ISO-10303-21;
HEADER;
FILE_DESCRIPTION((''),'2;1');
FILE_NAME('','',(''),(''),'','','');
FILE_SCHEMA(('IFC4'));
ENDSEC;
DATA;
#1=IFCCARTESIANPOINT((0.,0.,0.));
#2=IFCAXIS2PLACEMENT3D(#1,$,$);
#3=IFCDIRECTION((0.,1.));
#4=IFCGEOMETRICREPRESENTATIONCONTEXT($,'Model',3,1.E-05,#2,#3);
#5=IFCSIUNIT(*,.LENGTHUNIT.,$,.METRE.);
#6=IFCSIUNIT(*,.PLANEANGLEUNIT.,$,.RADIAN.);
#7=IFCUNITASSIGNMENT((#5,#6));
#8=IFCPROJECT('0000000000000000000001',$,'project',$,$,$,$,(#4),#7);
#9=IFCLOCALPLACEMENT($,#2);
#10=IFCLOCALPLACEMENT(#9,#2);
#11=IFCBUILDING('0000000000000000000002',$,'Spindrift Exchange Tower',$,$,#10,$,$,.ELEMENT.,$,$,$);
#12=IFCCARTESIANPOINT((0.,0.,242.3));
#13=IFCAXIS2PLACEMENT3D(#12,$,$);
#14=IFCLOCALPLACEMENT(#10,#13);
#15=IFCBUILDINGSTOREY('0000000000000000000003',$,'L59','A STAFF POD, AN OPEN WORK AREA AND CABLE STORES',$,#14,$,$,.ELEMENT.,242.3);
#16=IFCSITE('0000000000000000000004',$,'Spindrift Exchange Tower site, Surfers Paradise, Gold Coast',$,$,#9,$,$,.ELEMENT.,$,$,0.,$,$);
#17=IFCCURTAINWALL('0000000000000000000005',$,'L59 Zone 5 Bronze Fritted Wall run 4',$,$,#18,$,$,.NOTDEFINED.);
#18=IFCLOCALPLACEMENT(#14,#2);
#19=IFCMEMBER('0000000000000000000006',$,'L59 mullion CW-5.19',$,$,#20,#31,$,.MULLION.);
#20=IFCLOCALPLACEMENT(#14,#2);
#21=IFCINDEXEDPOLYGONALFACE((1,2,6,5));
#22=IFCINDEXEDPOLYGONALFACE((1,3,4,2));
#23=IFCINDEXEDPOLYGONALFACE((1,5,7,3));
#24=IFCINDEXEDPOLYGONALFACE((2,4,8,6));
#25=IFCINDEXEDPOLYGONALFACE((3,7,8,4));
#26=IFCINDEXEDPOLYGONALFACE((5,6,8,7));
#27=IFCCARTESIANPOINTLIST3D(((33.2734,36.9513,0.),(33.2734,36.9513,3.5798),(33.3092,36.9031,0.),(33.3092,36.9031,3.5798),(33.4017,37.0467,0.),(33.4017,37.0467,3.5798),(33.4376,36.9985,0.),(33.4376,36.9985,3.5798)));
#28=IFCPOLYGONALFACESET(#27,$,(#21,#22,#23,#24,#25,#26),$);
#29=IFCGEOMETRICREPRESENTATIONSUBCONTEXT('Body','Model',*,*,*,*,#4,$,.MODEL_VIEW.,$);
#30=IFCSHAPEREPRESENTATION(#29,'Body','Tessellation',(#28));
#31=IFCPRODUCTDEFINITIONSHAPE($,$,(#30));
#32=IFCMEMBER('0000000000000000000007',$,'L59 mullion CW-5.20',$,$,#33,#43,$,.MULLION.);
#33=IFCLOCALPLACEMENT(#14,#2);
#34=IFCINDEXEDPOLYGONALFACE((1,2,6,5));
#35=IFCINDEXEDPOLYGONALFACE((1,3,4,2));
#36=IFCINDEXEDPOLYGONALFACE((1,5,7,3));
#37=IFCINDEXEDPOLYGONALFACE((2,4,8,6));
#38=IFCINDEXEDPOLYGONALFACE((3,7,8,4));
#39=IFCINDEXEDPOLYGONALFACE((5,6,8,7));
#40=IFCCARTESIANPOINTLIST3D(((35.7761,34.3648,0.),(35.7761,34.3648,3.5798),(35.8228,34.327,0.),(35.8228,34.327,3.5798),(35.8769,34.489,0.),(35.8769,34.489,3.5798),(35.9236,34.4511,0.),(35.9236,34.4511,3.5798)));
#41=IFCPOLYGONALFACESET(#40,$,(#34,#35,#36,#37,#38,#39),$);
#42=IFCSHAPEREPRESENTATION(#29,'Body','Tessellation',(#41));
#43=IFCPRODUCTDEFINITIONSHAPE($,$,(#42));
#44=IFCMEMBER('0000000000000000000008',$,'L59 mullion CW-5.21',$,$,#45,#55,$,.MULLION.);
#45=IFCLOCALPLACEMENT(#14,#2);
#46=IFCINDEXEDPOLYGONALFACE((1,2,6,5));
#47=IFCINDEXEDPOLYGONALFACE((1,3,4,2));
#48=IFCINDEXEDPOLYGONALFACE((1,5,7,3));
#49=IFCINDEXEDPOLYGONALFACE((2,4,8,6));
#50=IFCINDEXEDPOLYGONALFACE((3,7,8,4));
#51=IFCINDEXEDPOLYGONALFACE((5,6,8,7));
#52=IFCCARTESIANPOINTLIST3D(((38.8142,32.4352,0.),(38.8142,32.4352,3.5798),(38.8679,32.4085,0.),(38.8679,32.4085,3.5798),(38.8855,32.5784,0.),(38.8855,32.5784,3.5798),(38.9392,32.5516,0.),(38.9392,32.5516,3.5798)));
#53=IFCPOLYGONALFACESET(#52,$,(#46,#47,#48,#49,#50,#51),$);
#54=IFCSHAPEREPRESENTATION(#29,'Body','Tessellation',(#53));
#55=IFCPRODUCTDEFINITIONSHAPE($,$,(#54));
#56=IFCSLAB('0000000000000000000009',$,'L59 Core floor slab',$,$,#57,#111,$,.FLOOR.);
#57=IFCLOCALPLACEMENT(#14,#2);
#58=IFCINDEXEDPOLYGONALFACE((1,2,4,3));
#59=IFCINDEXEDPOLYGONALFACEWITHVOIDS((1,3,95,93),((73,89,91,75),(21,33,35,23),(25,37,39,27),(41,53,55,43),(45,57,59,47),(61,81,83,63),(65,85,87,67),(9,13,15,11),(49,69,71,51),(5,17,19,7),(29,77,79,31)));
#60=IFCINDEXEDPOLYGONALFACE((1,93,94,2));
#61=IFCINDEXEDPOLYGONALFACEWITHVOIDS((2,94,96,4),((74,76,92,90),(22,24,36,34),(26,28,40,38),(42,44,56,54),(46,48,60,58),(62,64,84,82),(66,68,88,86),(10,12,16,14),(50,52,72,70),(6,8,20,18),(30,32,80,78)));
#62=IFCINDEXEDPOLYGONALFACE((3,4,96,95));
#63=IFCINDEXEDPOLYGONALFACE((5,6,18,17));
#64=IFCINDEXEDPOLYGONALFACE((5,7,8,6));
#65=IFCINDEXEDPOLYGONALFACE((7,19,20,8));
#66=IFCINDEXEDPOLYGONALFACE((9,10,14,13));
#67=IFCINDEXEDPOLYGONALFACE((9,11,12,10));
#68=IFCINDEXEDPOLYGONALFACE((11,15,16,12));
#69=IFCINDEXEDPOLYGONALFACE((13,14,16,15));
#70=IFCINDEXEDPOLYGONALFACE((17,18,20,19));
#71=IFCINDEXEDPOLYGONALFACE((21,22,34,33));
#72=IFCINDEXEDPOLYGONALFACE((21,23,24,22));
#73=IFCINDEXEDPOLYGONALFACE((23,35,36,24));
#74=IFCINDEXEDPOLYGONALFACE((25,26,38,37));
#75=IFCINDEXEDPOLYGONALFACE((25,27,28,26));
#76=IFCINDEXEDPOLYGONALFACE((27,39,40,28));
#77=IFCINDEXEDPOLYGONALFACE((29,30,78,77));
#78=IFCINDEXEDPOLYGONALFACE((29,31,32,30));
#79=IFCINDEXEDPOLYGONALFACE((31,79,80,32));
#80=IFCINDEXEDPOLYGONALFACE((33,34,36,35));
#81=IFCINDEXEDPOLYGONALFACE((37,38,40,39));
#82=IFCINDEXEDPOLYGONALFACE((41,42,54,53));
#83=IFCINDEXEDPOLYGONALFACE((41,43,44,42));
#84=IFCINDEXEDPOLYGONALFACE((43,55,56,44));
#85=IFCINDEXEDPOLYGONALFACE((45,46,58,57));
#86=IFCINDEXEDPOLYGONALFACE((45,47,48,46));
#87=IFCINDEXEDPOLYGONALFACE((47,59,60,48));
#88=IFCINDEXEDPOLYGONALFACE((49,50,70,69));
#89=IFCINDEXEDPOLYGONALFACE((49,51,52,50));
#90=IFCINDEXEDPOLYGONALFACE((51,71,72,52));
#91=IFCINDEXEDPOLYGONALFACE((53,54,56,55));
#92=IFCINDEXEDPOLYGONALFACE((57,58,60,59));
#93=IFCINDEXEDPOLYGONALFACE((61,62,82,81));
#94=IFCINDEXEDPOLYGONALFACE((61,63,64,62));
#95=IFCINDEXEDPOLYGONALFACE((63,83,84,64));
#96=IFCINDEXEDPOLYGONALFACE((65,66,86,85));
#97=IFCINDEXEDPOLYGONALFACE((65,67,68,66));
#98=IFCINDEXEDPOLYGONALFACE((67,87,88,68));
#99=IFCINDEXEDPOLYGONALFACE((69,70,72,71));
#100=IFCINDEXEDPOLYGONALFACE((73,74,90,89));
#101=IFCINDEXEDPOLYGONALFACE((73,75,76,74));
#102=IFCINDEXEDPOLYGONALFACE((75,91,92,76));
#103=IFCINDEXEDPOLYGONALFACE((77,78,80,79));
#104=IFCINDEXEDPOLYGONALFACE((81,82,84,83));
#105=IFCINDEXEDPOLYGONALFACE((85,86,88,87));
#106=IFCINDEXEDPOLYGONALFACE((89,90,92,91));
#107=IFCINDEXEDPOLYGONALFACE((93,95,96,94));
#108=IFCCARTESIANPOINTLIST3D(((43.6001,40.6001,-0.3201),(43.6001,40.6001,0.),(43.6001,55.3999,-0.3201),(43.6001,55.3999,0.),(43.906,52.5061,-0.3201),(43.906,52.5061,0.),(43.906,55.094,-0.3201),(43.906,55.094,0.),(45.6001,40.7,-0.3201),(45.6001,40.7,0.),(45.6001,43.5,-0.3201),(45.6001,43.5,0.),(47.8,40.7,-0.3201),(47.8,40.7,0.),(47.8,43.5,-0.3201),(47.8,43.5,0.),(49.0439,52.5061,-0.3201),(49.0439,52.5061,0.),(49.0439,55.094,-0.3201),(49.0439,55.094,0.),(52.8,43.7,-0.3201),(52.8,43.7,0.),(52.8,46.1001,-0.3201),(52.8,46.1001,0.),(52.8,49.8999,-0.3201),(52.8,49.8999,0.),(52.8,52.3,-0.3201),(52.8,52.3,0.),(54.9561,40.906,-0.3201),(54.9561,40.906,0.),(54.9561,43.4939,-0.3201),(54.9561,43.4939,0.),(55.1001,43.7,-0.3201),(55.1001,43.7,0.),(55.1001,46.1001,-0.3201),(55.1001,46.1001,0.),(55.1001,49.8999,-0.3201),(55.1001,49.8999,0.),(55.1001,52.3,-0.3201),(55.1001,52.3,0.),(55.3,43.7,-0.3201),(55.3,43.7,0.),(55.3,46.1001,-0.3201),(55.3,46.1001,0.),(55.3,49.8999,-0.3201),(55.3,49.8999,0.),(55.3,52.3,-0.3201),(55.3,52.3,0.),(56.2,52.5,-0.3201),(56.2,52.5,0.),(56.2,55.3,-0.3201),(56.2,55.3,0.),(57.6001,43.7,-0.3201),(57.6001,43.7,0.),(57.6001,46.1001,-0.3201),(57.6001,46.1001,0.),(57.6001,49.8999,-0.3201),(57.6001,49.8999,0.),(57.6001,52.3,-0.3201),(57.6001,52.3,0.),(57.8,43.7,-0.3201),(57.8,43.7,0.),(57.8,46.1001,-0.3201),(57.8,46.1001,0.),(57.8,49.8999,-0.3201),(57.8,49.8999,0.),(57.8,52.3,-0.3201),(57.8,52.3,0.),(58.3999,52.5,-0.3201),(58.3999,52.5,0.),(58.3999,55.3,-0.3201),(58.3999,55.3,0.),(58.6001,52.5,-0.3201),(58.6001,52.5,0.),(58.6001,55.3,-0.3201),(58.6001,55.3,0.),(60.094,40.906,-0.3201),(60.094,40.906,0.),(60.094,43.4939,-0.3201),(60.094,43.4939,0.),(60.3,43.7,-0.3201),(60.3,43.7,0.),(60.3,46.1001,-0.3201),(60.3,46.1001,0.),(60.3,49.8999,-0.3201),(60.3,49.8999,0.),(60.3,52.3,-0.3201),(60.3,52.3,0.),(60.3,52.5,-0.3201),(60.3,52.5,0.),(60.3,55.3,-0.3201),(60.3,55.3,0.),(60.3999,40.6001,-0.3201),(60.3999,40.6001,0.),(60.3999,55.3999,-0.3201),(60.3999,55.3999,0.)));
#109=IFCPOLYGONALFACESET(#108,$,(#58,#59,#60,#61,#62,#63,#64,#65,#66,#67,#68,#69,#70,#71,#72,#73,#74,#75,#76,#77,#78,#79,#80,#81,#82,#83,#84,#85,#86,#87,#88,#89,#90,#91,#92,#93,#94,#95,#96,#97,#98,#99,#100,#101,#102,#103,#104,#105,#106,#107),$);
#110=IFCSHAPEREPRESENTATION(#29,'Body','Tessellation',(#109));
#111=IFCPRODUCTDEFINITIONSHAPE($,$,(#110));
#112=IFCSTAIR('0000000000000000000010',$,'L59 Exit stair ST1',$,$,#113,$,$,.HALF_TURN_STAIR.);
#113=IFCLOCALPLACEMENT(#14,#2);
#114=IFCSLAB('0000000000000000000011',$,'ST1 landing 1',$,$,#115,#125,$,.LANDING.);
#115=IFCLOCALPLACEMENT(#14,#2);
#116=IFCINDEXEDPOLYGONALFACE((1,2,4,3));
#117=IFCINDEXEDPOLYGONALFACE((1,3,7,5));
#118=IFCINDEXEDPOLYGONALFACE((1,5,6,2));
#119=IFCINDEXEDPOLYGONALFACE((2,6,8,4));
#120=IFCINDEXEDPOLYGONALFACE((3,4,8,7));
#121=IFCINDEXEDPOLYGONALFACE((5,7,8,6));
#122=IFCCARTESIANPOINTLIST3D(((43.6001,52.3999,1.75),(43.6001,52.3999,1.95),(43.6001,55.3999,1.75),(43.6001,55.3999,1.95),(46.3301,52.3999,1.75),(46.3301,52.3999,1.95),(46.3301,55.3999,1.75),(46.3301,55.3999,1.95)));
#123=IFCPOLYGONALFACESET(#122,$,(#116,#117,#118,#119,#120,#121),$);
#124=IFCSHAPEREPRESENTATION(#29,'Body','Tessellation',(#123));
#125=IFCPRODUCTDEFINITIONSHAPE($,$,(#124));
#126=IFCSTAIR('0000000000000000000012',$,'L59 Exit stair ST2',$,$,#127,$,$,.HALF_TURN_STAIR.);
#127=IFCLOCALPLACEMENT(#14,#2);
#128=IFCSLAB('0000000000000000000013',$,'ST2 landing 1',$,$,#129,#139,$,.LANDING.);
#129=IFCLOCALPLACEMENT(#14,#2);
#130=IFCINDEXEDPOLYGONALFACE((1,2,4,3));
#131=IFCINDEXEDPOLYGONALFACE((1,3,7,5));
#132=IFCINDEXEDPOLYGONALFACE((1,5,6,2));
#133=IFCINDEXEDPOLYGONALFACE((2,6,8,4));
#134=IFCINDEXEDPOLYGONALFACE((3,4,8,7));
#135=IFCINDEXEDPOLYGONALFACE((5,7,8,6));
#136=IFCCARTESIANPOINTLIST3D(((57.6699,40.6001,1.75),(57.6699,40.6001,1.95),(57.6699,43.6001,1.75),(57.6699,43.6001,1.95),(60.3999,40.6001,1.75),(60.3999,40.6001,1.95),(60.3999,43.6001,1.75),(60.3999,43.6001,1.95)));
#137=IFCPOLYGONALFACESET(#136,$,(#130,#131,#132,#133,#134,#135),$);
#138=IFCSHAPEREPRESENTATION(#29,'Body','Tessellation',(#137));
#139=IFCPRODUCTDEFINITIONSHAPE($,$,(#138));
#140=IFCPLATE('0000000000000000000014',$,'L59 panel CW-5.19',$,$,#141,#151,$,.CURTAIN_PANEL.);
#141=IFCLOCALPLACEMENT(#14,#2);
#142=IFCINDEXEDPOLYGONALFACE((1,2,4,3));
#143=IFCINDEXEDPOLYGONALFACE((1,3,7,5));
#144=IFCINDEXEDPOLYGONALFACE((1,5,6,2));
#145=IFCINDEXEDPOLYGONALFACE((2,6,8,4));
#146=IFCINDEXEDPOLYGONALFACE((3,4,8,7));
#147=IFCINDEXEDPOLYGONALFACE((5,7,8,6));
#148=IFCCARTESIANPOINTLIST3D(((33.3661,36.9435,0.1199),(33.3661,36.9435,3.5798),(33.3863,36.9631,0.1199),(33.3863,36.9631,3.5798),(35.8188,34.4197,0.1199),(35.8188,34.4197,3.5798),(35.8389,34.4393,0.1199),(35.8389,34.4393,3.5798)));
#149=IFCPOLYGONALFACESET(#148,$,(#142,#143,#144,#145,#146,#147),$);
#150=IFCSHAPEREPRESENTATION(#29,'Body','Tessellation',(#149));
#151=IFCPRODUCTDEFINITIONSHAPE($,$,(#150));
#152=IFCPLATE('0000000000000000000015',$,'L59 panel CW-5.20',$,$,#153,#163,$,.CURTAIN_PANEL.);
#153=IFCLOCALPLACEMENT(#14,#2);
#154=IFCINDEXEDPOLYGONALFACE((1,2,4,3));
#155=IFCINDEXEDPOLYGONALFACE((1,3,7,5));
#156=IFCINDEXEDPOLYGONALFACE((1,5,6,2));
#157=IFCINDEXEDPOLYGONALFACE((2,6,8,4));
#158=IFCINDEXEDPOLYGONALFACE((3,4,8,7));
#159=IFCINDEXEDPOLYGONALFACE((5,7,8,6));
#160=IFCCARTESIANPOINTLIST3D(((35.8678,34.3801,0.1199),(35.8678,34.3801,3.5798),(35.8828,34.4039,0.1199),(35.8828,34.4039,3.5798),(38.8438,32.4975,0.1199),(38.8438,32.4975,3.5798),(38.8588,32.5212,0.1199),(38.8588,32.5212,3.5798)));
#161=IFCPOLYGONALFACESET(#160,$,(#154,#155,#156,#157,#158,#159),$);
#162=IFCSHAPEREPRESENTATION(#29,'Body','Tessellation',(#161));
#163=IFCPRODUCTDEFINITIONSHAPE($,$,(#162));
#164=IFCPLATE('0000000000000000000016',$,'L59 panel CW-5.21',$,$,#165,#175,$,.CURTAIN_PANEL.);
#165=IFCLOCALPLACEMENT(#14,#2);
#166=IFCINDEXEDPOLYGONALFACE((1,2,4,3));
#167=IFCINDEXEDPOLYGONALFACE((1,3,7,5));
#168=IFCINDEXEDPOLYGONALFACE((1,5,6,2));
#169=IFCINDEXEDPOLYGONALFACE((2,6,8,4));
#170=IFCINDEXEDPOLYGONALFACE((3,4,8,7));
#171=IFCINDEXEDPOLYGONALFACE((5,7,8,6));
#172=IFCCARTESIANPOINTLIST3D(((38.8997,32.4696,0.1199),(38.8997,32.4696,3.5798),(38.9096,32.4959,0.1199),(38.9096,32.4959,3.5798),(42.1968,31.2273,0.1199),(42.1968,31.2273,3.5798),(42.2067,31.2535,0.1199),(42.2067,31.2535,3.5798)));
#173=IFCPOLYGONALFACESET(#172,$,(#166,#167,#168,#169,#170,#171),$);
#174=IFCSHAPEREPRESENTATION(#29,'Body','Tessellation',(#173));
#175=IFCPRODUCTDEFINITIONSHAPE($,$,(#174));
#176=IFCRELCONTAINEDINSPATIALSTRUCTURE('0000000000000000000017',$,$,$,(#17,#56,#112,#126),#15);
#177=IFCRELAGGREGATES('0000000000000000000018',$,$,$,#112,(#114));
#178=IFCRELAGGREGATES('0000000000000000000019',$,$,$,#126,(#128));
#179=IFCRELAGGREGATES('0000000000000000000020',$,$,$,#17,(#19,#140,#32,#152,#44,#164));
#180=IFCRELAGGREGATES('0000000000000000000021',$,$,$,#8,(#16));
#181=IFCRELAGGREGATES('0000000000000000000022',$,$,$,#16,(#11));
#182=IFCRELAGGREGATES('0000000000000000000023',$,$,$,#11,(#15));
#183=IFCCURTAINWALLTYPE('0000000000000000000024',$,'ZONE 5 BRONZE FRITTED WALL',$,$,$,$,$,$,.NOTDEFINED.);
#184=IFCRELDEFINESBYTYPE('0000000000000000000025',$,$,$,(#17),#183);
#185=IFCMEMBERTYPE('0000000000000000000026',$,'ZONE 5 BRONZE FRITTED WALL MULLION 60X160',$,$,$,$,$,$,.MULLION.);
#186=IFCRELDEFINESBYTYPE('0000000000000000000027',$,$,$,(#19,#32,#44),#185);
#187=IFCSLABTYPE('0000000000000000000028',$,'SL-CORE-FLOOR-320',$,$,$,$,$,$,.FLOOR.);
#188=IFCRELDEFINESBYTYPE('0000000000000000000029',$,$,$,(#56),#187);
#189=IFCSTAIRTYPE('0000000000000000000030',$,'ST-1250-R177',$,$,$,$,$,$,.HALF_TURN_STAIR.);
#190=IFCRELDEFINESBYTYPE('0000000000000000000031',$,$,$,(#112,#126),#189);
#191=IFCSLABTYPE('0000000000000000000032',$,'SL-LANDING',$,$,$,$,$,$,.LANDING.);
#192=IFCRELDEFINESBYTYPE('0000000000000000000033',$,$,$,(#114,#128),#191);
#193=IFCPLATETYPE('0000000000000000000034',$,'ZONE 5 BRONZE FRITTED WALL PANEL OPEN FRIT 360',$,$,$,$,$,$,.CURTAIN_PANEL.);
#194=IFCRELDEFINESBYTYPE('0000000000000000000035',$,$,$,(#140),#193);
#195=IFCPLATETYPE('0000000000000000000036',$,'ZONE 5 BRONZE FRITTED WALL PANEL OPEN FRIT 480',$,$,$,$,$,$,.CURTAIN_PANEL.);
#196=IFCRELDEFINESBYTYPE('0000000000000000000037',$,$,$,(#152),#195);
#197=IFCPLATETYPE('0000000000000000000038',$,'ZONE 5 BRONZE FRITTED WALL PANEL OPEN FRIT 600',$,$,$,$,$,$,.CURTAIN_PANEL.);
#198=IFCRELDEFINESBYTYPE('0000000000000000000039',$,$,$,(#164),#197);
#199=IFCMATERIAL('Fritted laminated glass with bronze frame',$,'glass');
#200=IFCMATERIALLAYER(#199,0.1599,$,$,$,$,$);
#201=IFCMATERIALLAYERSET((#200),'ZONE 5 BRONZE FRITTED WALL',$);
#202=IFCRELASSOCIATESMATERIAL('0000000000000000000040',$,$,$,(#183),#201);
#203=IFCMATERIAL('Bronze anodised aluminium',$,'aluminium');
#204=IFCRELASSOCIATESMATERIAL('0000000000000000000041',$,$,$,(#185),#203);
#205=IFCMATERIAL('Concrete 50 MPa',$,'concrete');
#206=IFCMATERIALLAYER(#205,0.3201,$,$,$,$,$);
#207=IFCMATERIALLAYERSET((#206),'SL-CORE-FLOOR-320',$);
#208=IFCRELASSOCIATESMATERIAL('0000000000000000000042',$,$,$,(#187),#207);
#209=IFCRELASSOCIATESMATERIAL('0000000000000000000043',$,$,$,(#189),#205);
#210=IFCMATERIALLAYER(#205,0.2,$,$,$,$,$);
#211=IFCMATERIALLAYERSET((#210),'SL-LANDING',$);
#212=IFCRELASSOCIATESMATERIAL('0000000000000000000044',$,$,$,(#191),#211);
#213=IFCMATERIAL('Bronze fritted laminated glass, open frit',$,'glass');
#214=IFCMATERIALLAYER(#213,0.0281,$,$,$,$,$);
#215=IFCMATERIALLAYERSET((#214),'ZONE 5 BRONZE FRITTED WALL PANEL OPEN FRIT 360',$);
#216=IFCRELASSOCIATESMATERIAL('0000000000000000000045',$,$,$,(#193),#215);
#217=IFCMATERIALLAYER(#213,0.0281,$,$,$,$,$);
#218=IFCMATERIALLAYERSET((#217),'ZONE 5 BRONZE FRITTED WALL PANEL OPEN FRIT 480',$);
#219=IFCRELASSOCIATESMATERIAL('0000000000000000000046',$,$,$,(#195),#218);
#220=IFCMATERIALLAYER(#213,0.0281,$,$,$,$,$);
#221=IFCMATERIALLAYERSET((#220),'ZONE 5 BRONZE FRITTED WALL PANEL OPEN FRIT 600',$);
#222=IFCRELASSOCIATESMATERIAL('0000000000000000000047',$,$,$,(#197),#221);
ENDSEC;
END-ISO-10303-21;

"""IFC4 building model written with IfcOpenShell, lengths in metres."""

from ifc_helpers import new_model, si_unit, direction, frame, origin, origin_2d, place, context, subcontext, project, spatial, line, indexed_curve, rectangle, outline, extrude, source, transform, mapped, material, layer, layer_set, material_profile, profile_set, type_object, element, aggregate, save


model = new_model("IFC4")

# Units and contexts
model_context = context("Model", 3, precision=1e-05, world=origin(), true_north=direction((0.0, 1.0)))
body_context = subcontext(model_context, "Body", "Model", "MODEL_VIEW")
ifc_project = project(units=[si_unit("LENGTHUNIT", "METRE"), si_unit("PLANEANGLEUNIT", "RADIAN")], contexts=[model_context])

# Site, building, storey
site_placement = place(None, origin())
site = spatial("IfcSite", under=ifc_project, at=site_placement, Name="Spindrift Exchange Tower site, Surfers Paradise, Gold Coast", CompositionType="ELEMENT", RefElevation=0.0)
building_placement = place(site_placement, origin())
building = spatial("IfcBuilding", under=site, at=building_placement, Name="Spindrift Exchange Tower", CompositionType="ELEMENT")
storey_placement = place(building_placement, frame((0.0, 0.0, 242.3)))
storey = spatial("IfcBuildingStorey", under=building, at=storey_placement, Name="L59", Description="A STAFF POD, AN OPEN WORK AREA AND CABLE STORES", CompositionType="ELEMENT", Elevation=242.3)

# Curtain wall, members
ifc_material_1 = material(Name="Fritted laminated glass with bronze frame", Category="glass")
ifc_layer_1 = layer(ifc_material_1, 0.1599)
ifc_layer_set_1 = layer_set([ifc_layer_1], Name="ZONE 5 BRONZE FRITTED WALL")
curtain_wall_type = type_object("IfcCurtainWallType", Name="ZONE 5 BRONZE FRITTED WALL", PredefinedType="NOTDEFINED", material=ifc_layer_set_1)
curtain_wall_placement = place(storey_placement, origin())
curtain_wall = element("IfcCurtainWall", 1, at=curtain_wall_placement, inside=storey, type_object=curtain_wall_type, Name="L59 Zone 5 Bronze Fritted Wall run 4", PredefinedType="NOTDEFINED")
ifc_material_2 = material(Name="Bronze anodised aluminium", Category="aluminium")
ifc_material_profile_1 = material_profile(ifc_material_2, rectangle(XDim=0.0601, YDim=0.1599, at=origin_2d()), Name="ZONE 5 BRONZE FRITTED WALL MULLION 60X160")
ifc_profile_set_1 = profile_set([ifc_material_profile_1], Name="Bronze anodised aluminium")
member_type_1 = type_object("IfcMemberType", Name="ZONE 5 BRONZE FRITTED WALL MULLION 60X160", PredefinedType="MULLION", material=ifc_profile_set_1)
shared_shape_1 = source(origin(), body_context, "Body", "SweptSolid", [
    extrude(rectangle(XDim=0.0601, YDim=0.1599, at=origin_2d()), origin(), (0.0, 0.0, 1.0), 3.5798),
])
member_1_placement = place(storey_placement, frame((33.3555, 36.9749, 0.0), z_axis=(0.0, 0.0, 1.0), x_axis=(0.596562, -0.802567, 0.0)))
member_1 = element("IfcMember", 2, at=member_1_placement, type_object=member_type_1, Name="L59 mullion CW-5.19", PredefinedType="MULLION", context=body_context, shape_type="MappedRepresentation", body=[
    mapped(shared_shape_1, transform((0.0, 0.0, 0.0), scale=1.0)),
])
member_2_placement = place(storey_placement, frame((35.8499, 34.408, 0.0), z_axis=(0.0, 0.0, 1.0), x_axis=(0.776392, -0.63025, 0.0)))
member_2 = element("IfcMember", 3, at=member_2_placement, type_object=member_type_1, Name="L59 mullion CW-5.20", PredefinedType="MULLION", context=body_context, shape_type="MappedRepresentation", body=[
    mapped(shared_shape_1, transform((0.0, 0.0, 0.0), scale=1.0)),
])
member_3_placement = place(storey_placement, frame((38.8767, 32.4934, 0.0), z_axis=(0.0, 0.0, 1.0), x_axis=(0.895076, -0.445914, 0.0)))
member_3 = element("IfcMember", 4, at=member_3_placement, type_object=member_type_1, Name="L59 mullion CW-5.21", PredefinedType="MULLION", context=body_context, shape_type="MappedRepresentation", body=[
    mapped(shared_shape_1, transform((0.0, 0.0, 0.0), scale=1.0)),
])

# Slab
ifc_material_3 = material(Name="Concrete 50 MPa", Category="concrete")
ifc_layer_2 = layer(ifc_material_3, 0.3201)
ifc_layer_set_2 = layer_set([ifc_layer_2], Name="SL-CORE-FLOOR-320")
slab_type_1 = type_object("IfcSlabType", Name="SL-CORE-FLOOR-320", PredefinedType="FLOOR", material=ifc_layer_set_2)
slab_1_placement = place(storey_placement, frame((0.0, 0.0, -0.3201)))
element("IfcSlab", 5, at=slab_1_placement, inside=storey, type_object=slab_type_1, Name="L59 Core floor slab", PredefinedType="FLOOR", context=body_context, shape_type="SweptSolid", body=[
    extrude(outline(indexed_curve([(43.6001, 40.6001), (43.6001, 55.3999), (60.3999, 55.3999), (60.3999, 40.6001)], segments=[line(1, 2, 3, 4, 1)], self_intersect=False), holes=[indexed_curve([(45.6001, 43.5), (45.6001, 40.7), (47.8, 40.7), (47.8, 43.5)], segments=[line(1, 2, 3, 4, 1)], self_intersect=False), indexed_curve([(52.8, 46.1001), (52.8, 43.7), (55.1001, 43.7), (55.1001, 46.1001)], segments=[line(1, 2, 3, 4, 1)], self_intersect=False), indexed_curve([(55.3, 46.1001), (55.3, 43.7), (57.6001, 43.7), (57.6001, 46.1001)], segments=[line(1, 2, 3, 4, 1)], self_intersect=False), indexed_curve([(55.1001, 52.3), (52.8, 52.3), (52.8, 49.8999), (55.1001, 49.8999)], segments=[line(1, 2, 3, 4, 1)], self_intersect=False), indexed_curve([(57.6001, 52.3), (55.3, 52.3), (55.3, 49.8999), (57.6001, 49.8999)], segments=[line(1, 2, 3, 4, 1)], self_intersect=False), indexed_curve([(43.906, 52.5061), (49.0439, 52.5061), (49.0439, 55.094), (43.906, 55.094)], segments=[line(1, 2, 3, 4, 1)], self_intersect=False), indexed_curve([(60.094, 40.906), (60.094, 43.4939), (54.9561, 43.4939), (54.9561, 40.906)], segments=[line(1, 2, 3, 4, 1)], self_intersect=False), indexed_curve([(60.3, 46.1001), (57.8, 46.1001), (57.8, 43.7), (60.3, 43.7)], segments=[line(1, 2, 3, 4, 1)], self_intersect=False), indexed_curve([(57.8, 52.3), (57.8, 49.8999), (60.3, 49.8999), (60.3, 52.3)], segments=[line(1, 2, 3, 4, 1)], self_intersect=False), indexed_curve([(58.3999, 55.3), (56.2, 55.3), (56.2, 52.5), (58.3999, 52.5)], segments=[line(1, 2, 3, 4, 1)], self_intersect=False), indexed_curve([(60.3, 55.3), (58.6001, 55.3), (58.6001, 52.5), (60.3, 52.5)], segments=[line(1, 2, 3, 4, 1)], self_intersect=False)]), origin(), (0.0, 0.0, 1.0), 0.3201),
])

# Stairs, slabs
stair_type = type_object("IfcStairType", Name="ST-1250-R177", PredefinedType="HALF_TURN_STAIR", material=ifc_material_3)
stair_1_placement = place(storey_placement, origin())
stair_1 = element("IfcStair", 6, at=stair_1_placement, inside=storey, type_object=stair_type, Name="L59 Exit stair ST1", PredefinedType="HALF_TURN_STAIR")
ifc_layer_3 = layer(ifc_material_3, 0.2)
ifc_layer_set_3 = layer_set([ifc_layer_3], Name="SL-LANDING")
slab_type_2 = type_object("IfcSlabType", Name="SL-LANDING", PredefinedType="LANDING", material=ifc_layer_set_3)
slab_2_placement = place(storey_placement, frame((0.0, 0.0, 1.75)))
slab_2 = element("IfcSlab", 7, at=slab_2_placement, type_object=slab_type_2, Name="ST1 landing 1", PredefinedType="LANDING", context=body_context, shape_type="SweptSolid", body=[
    extrude(outline(indexed_curve([(46.3301, 52.3999), (43.6001, 52.3999), (43.6001, 55.3999), (46.3301, 55.3999)], segments=[line(1, 2, 3, 4, 1)], self_intersect=False)), origin(), (0.0, 0.0, 1.0), 0.2),
])
aggregate(stair_1, [slab_2])
stair_2_placement = place(storey_placement, origin())
stair_2 = element("IfcStair", 8, at=stair_2_placement, inside=storey, type_object=stair_type, Name="L59 Exit stair ST2", PredefinedType="HALF_TURN_STAIR")
slab_3_placement = place(storey_placement, frame((0.0, 0.0, 1.75)))
slab_3 = element("IfcSlab", 9, at=slab_3_placement, type_object=slab_type_2, Name="ST2 landing 1", PredefinedType="LANDING", context=body_context, shape_type="SweptSolid", body=[
    extrude(outline(indexed_curve([(57.6699, 43.6001), (60.3999, 43.6001), (60.3999, 40.6001), (57.6699, 40.6001)], segments=[line(1, 2, 3, 4, 1)], self_intersect=False)), origin(), (0.0, 0.0, 1.0), 0.2),
])
aggregate(stair_2, [slab_3])

# Plates
ifc_material_4 = material(Name="Bronze fritted laminated glass, open frit", Category="glass")
ifc_layer_4 = layer(ifc_material_4, 0.0281)
ifc_layer_set_4 = layer_set([ifc_layer_4], Name="ZONE 5 BRONZE FRITTED WALL PANEL OPEN FRIT 360")
plate_type_1 = type_object("IfcPlateType", Name="ZONE 5 BRONZE FRITTED WALL PANEL OPEN FRIT 360", PredefinedType="CURTAIN_PANEL", material=ifc_layer_set_4)
shared_shape_2 = source(origin(), body_context, "Body", "SweptSolid", [
    extrude(rectangle(XDim=3.5193, YDim=0.0281, at=origin_2d()), origin(), (0.0, 0.0, 1.0), 3.46),
])
plate_1_placement = place(storey_placement, frame((34.6025, 35.6914, 0.1199), z_axis=(0.0, 0.0, 1.0), x_axis=(0.696921, -0.717148, 0.0)))
plate_1 = element("IfcPlate", 10, at=plate_1_placement, type_object=plate_type_1, Name="L59 panel CW-5.19", PredefinedType="CURTAIN_PANEL", context=body_context, shape_type="MappedRepresentation", body=[
    mapped(shared_shape_2, transform((0.0, 0.0, 0.0), scale=1.0)),
])
ifc_layer_5 = layer(ifc_material_4, 0.0281)
ifc_layer_set_5 = layer_set([ifc_layer_5], Name="ZONE 5 BRONZE FRITTED WALL PANEL OPEN FRIT 480")
plate_type_2 = type_object("IfcPlateType", Name="ZONE 5 BRONZE FRITTED WALL PANEL OPEN FRIT 480", PredefinedType="CURTAIN_PANEL", material=ifc_layer_set_5)
shared_shape_3 = source(origin(), body_context, "Body", "SweptSolid", [
    extrude(rectangle(XDim=3.5215, YDim=0.0281, at=origin_2d()), origin(), (0.0, 0.0, 1.0), 3.46),
])
plate_2_placement = place(storey_placement, frame((37.3633, 33.4507, 0.1199), z_axis=(0.0, 0.0, 1.0), x_axis=(0.845098, -0.534612, 0.0)))
plate_2 = element("IfcPlate", 11, at=plate_2_placement, type_object=plate_type_2, Name="L59 panel CW-5.20", PredefinedType="CURTAIN_PANEL", context=body_context, shape_type="MappedRepresentation", body=[
    mapped(shared_shape_3, transform((0.0, 0.0, 0.0), scale=1.0)),
])
ifc_layer_6 = layer(ifc_material_4, 0.0281)
ifc_layer_set_6 = layer_set([ifc_layer_6], Name="ZONE 5 BRONZE FRITTED WALL PANEL OPEN FRIT 600")
plate_type_3 = type_object("IfcPlateType", Name="ZONE 5 BRONZE FRITTED WALL PANEL OPEN FRIT 600", PredefinedType="CURTAIN_PANEL", material=ifc_layer_set_6)
shared_shape_4 = source(origin(), body_context, "Body", "SweptSolid", [
    extrude(rectangle(XDim=3.5234, YDim=0.0281, at=origin_2d()), origin(), (0.0, 0.0, 1.0), 3.46),
])
plate_3_placement = place(storey_placement, frame((40.5532, 31.8616, 0.1199), z_axis=(0.0, 0.0, 1.0), x_axis=(0.935776, -0.352595, 0.0)))
plate_3 = element("IfcPlate", 12, at=plate_3_placement, type_object=plate_type_3, Name="L59 panel CW-5.21", PredefinedType="CURTAIN_PANEL", context=body_context, shape_type="MappedRepresentation", body=[
    mapped(shared_shape_4, transform((0.0, 0.0, 0.0), scale=1.0)),
])
aggregate(curtain_wall, [member_1, plate_1, member_2, plate_2, member_3, plate_3])

save(model, "model.ifc")
